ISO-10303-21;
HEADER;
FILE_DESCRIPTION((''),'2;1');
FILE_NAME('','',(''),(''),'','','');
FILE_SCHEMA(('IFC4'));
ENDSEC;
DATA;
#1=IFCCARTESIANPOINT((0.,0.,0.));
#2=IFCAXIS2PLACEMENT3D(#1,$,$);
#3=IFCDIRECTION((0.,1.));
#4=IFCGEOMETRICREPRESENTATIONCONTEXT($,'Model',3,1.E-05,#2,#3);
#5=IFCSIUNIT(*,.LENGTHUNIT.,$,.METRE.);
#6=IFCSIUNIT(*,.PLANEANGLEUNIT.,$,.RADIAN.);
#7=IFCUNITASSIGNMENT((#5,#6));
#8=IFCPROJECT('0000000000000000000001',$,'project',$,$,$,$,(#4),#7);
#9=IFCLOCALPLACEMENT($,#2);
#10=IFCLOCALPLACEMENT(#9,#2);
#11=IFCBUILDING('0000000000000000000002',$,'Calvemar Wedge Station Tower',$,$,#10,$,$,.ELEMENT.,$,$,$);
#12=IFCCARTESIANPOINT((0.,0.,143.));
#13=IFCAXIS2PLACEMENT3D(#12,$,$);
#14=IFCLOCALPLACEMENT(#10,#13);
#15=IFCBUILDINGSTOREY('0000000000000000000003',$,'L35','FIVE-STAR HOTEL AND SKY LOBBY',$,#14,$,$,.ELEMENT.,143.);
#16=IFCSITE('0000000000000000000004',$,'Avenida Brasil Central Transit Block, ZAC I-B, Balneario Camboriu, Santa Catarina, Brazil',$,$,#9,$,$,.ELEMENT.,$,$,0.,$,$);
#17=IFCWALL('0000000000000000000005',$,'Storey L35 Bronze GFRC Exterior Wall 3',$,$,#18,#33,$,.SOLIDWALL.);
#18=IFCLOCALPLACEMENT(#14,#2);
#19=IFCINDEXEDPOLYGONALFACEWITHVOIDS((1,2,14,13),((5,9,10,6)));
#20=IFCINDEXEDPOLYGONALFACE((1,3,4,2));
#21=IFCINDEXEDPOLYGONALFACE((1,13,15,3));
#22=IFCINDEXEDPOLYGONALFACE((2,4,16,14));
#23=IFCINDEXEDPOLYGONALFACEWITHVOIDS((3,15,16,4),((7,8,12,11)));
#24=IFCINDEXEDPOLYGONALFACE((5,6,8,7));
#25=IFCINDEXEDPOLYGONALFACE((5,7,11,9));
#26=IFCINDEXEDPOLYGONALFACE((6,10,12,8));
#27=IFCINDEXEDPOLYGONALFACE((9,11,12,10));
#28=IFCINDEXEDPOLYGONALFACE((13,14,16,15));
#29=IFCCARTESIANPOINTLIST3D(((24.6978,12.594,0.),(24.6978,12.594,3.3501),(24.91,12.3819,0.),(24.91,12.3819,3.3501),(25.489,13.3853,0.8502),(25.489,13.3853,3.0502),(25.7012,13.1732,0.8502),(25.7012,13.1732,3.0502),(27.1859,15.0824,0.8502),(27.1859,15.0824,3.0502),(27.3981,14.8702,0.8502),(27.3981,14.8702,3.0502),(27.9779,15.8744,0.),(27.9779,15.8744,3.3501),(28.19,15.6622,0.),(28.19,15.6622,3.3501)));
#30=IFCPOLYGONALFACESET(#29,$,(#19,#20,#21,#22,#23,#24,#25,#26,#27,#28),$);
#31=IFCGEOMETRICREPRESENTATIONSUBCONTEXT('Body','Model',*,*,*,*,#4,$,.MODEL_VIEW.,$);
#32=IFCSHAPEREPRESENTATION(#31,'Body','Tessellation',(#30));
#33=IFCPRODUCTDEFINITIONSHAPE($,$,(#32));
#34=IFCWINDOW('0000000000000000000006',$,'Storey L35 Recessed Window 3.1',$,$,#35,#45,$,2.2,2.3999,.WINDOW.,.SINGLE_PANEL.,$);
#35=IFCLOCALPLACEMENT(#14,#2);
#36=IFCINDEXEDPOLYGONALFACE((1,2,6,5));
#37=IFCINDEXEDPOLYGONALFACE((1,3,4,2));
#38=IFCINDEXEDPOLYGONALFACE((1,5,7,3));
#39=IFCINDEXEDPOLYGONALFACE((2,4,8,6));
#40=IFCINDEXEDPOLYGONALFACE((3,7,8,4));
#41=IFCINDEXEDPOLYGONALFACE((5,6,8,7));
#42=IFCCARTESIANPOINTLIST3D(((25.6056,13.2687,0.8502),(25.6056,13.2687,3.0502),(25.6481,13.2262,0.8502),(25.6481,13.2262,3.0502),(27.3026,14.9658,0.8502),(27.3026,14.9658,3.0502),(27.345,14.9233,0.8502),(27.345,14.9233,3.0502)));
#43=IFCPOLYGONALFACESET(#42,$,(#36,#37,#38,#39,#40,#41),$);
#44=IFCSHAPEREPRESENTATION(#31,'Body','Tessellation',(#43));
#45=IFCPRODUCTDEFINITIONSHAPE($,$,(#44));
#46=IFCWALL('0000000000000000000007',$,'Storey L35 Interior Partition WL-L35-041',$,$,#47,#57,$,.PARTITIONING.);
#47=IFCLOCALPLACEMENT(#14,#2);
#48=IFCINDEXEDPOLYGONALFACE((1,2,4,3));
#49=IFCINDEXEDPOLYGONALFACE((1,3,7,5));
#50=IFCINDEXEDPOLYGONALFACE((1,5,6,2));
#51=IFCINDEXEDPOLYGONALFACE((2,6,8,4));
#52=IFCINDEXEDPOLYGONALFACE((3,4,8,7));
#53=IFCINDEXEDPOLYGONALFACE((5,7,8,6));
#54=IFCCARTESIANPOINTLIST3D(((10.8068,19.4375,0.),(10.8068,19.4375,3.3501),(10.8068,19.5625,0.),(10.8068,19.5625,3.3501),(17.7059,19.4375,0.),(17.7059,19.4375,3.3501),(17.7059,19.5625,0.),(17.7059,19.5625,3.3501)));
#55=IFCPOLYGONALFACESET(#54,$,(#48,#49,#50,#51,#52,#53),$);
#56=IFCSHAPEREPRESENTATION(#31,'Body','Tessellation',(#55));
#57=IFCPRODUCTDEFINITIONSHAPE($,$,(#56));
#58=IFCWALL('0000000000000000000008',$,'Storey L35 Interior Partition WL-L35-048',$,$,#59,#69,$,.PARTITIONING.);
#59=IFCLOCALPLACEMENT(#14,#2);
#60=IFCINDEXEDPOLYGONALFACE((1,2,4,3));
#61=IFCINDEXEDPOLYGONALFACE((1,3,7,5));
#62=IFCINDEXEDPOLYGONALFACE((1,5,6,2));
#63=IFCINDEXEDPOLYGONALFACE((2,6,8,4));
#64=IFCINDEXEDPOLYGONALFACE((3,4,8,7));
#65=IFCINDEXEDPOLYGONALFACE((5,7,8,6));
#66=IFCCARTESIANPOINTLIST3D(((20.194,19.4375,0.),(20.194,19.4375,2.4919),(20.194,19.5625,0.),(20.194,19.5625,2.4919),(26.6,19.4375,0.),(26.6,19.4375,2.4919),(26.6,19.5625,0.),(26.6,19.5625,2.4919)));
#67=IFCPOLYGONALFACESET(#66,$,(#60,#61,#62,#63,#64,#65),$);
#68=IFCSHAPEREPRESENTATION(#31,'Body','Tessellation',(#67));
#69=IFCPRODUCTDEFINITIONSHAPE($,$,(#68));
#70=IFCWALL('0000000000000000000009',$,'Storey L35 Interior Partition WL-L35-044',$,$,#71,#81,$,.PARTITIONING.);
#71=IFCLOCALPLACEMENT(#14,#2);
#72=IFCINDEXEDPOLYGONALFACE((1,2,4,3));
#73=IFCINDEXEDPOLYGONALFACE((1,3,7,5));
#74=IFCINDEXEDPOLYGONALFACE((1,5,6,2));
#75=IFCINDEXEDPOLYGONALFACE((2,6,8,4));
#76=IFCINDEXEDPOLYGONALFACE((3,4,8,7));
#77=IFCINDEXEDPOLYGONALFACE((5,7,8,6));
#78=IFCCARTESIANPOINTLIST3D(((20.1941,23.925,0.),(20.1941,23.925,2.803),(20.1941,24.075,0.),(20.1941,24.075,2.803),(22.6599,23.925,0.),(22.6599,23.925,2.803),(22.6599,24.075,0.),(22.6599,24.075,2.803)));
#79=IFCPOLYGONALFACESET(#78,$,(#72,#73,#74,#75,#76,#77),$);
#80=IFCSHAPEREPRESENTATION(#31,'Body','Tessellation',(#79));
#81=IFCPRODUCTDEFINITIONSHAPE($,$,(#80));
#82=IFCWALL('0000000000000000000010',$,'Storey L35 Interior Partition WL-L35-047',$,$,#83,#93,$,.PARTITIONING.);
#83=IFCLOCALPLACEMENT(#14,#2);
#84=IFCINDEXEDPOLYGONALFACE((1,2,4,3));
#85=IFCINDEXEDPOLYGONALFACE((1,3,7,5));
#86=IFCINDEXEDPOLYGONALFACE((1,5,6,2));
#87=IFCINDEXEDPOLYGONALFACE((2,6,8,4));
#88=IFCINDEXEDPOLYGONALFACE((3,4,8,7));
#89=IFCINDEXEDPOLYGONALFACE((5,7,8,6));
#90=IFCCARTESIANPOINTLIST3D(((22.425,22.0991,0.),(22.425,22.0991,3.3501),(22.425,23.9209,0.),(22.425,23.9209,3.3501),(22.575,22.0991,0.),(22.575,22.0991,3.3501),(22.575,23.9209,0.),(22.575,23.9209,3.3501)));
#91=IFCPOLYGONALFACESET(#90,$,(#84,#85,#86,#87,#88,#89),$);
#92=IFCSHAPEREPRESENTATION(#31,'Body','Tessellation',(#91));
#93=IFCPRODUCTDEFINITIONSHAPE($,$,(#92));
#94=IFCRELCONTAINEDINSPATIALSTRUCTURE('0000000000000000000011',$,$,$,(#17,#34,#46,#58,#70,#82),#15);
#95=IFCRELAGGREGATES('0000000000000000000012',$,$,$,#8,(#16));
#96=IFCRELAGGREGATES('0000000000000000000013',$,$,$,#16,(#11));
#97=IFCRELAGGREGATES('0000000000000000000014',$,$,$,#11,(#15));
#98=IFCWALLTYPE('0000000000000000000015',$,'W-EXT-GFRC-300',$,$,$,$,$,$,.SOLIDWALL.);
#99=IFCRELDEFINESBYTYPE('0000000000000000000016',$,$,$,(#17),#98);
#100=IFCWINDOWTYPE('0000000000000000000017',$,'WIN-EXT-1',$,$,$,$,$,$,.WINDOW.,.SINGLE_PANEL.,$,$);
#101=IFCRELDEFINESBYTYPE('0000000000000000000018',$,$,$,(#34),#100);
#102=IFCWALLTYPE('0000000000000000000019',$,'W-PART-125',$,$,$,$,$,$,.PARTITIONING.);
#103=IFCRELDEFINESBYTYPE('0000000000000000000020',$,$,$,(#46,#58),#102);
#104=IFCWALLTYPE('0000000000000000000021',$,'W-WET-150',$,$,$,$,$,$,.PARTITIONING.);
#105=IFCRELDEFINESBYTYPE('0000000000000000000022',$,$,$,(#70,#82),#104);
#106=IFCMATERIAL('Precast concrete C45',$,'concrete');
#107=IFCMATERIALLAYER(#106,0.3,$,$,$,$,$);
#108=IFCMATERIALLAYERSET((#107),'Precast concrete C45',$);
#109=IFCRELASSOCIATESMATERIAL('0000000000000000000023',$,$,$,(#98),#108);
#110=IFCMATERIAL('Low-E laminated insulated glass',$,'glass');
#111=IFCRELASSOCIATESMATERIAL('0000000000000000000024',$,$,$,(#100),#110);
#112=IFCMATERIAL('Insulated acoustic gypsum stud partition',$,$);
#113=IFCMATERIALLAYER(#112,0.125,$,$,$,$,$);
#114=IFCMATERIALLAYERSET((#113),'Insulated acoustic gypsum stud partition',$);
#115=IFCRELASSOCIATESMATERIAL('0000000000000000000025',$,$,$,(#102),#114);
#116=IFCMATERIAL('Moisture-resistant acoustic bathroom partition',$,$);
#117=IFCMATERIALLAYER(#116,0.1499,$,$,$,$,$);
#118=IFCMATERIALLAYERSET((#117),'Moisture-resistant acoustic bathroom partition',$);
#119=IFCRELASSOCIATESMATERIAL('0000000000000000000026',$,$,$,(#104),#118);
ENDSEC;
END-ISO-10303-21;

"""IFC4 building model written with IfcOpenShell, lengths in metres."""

from ifc_helpers import new_model, si_unit, direction, frame, frame_2d, origin, place, context, subcontext, project, spatial, rectangle, extrude, source, transform, mapped, material, layer, layer_set, type_object, element, fill, save


model = new_model("IFC4")

# Units and contexts
model_context = context("Model", 3, precision=1e-05, world=origin(), true_north=direction((0.0, 1.0)))
body_context = subcontext(model_context, "Body", "Model", "MODEL_VIEW")
ifc_project = project(units=[si_unit("LENGTHUNIT", "METRE"), si_unit("PLANEANGLEUNIT", "RADIAN")], contexts=[model_context])

# Site, building, storey
site_placement = place(None, origin())
site = spatial("IfcSite", under=ifc_project, at=site_placement, Name="Avenida Brasil Central Transit Block, ZAC I-B, Balneario Camboriu, Santa Catarina, Brazil", CompositionType="ELEMENT", RefElevation=0.0)
building_placement = place(site_placement, origin())
building = spatial("IfcBuilding", under=site, at=building_placement, Name="Calvemar Wedge Station Tower", CompositionType="ELEMENT")
storey_placement = place(building_placement, frame((0.0, 0.0, 143.0)))
storey = spatial("IfcBuildingStorey", under=building, at=storey_placement, Name="L35", Description="FIVE-STAR HOTEL AND SKY LOBBY", CompositionType="ELEMENT", Elevation=143.0)

# Wall, opening, window
ifc_material_1 = material(Name="Precast concrete C45", Category="concrete")
ifc_layer_1 = layer(ifc_material_1, 0.3)
ifc_layer_set_1 = layer_set([ifc_layer_1], Name="Precast concrete C45")
wall_type_1 = type_object("IfcWallType", Name="W-EXT-GFRC-300", PredefinedType="SOLIDWALL", material=ifc_layer_set_1)
wall_1_placement = place(storey_placement, frame((24.804, 12.488, 0.0), z_axis=(0.0, 0.0, 1.0), x_axis=(0.70708, 0.707133, 0.0)))
wall_1 = element("IfcWall", 1, at=wall_1_placement, inside=storey, type_object=wall_type_1, Name="Storey L35 Bronze GFRC Exterior Wall 3", PredefinedType="SOLIDWALL", context=body_context, shape_type="SweptSolid", body=[
    extrude(rectangle(XDim=4.6389, YDim=0.3, at=frame_2d((2.3193, 0.0))), origin(), (0.0, 0.0, 1.0), 3.3501),
])
shared_shape_1 = source(origin(), body_context, "Body", "SweptSolid", [
    extrude(rectangle(XDim=2.3999, YDim=2.2, at=frame_2d((1.2, 1.1001))), frame((0.0, 0.1602, 0.0), z_axis=(0.0, -1.0, 0.0), x_axis=(1.0, 0.0, 0.0)), (0.0, 0.0, 1.0), 0.3201),
])
opening_1_placement = place(wall_1_placement, frame((1.1189, 0.0, 0.8501)))
opening_1 = element("IfcOpeningElement", 2, at=opening_1_placement, cuts=wall_1, PredefinedType="OPENING", context=body_context, shape_type="MappedRepresentation", body=[
    mapped(shared_shape_1, transform((0.0, 0.0, 0.0), scale=1.0)),
])
ifc_material_2 = material(Name="Low-E laminated insulated glass", Category="glass")
window_type = type_object("IfcWindowType", Name="WIN-EXT-1", PartitioningType="SINGLE_PANEL", PredefinedType="WINDOW", material=ifc_material_2)
shared_shape_2 = source(origin(), body_context, "Body", "SweptSolid", [
    extrude(rectangle(XDim=2.3999, YDim=2.2, at=frame_2d((1.2, 1.1001))), frame((0.0, -0.0149, 0.0), z_axis=(0.0, -1.0, 0.0), x_axis=(1.0, 0.0, 0.0)), (0.0, 0.0, 1.0), 0.0601),
])
window_placement = place(opening_1_placement, origin())
window = element("IfcWindow", 3, at=window_placement, inside=storey, type_object=window_type, Name="Storey L35 Recessed Window 3.1", OverallHeight=2.2, OverallWidth=2.3999, PartitioningType="SINGLE_PANEL", PredefinedType="WINDOW", context=body_context, shape_type="MappedRepresentation", body=[
    mapped(shared_shape_2, transform((0.0, 0.0, 0.0), scale=1.0)),
])
fill(opening_1, window)

# Walls
ifc_material_3 = material(Name="Insulated acoustic gypsum stud partition")
ifc_layer_2 = layer(ifc_material_3, 0.125)
ifc_layer_set_2 = layer_set([ifc_layer_2], Name="Insulated acoustic gypsum stud partition")
wall_type_2 = type_object("IfcWallType", Name="W-PART-125", PredefinedType="PARTITIONING", material=ifc_layer_set_2)
wall_2_placement = place(storey_placement, frame((17.7061, 19.5, 0.0), z_axis=(0.0, 0.0, 1.0), x_axis=(-1.0, 0.0, 0.0)))
element("IfcWall", 4, at=wall_2_placement, inside=storey, type_object=wall_type_2, Name="Storey L35 Interior Partition WL-L35-041", PredefinedType="PARTITIONING", context=body_context, shape_type="SweptSolid", body=[
    extrude(rectangle(XDim=6.8992, YDim=0.125, at=frame_2d((3.4497, 0.0))), origin(), (0.0, 0.0, 1.0), 3.3501),
])
wall_3_placement = place(storey_placement, frame((26.6001, 19.5, 0.0), z_axis=(0.0, 0.0, 1.0), x_axis=(-1.0, 0.0, 0.0)))
element("IfcWall", 5, at=wall_3_placement, inside=storey, type_object=wall_type_2, Name="Storey L35 Interior Partition WL-L35-048", PredefinedType="PARTITIONING", context=body_context, shape_type="SweptSolid", body=[
    extrude(rectangle(XDim=6.406, YDim=0.125, at=frame_2d((3.2031, 0.0))), origin(), (0.0, 0.0, 1.0), 2.4919),
])
ifc_material_4 = material(Name="Moisture-resistant acoustic bathroom partition")
ifc_layer_3 = layer(ifc_material_4, 0.1499)
ifc_layer_set_3 = layer_set([ifc_layer_3], Name="Moisture-resistant acoustic bathroom partition")
wall_type_3 = type_object("IfcWallType", Name="W-WET-150", PredefinedType="PARTITIONING", material=ifc_layer_set_3)
wall_4_placement = place(storey_placement, frame((22.6599, 24.0, 0.0), z_axis=(0.0, 0.0, 1.0), x_axis=(-1.0, 0.0, 0.0)))
element("IfcWall", 6, at=wall_4_placement, inside=storey, type_object=wall_type_3, Name="Storey L35 Interior Partition WL-L35-044", PredefinedType="PARTITIONING", context=body_context, shape_type="SweptSolid", body=[
    extrude(rectangle(XDim=2.4658, YDim=0.1499, at=frame_2d((1.2329, 0.0))), origin(), (0.0, 0.0, 1.0), 2.803),
])

# Wall
wall_5_placement = place(storey_placement, frame((22.5, 23.9209, 0.0), z_axis=(0.0, 0.0, 1.0), x_axis=(0.0, -1.0, 0.0)))
element("IfcWall", 7, at=wall_5_placement, inside=storey, type_object=wall_type_3, Name="Storey L35 Interior Partition WL-L35-047", PredefinedType="PARTITIONING", context=body_context, shape_type="SweptSolid", body=[
    extrude(rectangle(XDim=1.8218, YDim=0.1499, at=frame_2d((0.9109, 0.0))), origin(), (0.0, 0.0, 1.0), 3.3501),
])

save(model, "model.ifc")
